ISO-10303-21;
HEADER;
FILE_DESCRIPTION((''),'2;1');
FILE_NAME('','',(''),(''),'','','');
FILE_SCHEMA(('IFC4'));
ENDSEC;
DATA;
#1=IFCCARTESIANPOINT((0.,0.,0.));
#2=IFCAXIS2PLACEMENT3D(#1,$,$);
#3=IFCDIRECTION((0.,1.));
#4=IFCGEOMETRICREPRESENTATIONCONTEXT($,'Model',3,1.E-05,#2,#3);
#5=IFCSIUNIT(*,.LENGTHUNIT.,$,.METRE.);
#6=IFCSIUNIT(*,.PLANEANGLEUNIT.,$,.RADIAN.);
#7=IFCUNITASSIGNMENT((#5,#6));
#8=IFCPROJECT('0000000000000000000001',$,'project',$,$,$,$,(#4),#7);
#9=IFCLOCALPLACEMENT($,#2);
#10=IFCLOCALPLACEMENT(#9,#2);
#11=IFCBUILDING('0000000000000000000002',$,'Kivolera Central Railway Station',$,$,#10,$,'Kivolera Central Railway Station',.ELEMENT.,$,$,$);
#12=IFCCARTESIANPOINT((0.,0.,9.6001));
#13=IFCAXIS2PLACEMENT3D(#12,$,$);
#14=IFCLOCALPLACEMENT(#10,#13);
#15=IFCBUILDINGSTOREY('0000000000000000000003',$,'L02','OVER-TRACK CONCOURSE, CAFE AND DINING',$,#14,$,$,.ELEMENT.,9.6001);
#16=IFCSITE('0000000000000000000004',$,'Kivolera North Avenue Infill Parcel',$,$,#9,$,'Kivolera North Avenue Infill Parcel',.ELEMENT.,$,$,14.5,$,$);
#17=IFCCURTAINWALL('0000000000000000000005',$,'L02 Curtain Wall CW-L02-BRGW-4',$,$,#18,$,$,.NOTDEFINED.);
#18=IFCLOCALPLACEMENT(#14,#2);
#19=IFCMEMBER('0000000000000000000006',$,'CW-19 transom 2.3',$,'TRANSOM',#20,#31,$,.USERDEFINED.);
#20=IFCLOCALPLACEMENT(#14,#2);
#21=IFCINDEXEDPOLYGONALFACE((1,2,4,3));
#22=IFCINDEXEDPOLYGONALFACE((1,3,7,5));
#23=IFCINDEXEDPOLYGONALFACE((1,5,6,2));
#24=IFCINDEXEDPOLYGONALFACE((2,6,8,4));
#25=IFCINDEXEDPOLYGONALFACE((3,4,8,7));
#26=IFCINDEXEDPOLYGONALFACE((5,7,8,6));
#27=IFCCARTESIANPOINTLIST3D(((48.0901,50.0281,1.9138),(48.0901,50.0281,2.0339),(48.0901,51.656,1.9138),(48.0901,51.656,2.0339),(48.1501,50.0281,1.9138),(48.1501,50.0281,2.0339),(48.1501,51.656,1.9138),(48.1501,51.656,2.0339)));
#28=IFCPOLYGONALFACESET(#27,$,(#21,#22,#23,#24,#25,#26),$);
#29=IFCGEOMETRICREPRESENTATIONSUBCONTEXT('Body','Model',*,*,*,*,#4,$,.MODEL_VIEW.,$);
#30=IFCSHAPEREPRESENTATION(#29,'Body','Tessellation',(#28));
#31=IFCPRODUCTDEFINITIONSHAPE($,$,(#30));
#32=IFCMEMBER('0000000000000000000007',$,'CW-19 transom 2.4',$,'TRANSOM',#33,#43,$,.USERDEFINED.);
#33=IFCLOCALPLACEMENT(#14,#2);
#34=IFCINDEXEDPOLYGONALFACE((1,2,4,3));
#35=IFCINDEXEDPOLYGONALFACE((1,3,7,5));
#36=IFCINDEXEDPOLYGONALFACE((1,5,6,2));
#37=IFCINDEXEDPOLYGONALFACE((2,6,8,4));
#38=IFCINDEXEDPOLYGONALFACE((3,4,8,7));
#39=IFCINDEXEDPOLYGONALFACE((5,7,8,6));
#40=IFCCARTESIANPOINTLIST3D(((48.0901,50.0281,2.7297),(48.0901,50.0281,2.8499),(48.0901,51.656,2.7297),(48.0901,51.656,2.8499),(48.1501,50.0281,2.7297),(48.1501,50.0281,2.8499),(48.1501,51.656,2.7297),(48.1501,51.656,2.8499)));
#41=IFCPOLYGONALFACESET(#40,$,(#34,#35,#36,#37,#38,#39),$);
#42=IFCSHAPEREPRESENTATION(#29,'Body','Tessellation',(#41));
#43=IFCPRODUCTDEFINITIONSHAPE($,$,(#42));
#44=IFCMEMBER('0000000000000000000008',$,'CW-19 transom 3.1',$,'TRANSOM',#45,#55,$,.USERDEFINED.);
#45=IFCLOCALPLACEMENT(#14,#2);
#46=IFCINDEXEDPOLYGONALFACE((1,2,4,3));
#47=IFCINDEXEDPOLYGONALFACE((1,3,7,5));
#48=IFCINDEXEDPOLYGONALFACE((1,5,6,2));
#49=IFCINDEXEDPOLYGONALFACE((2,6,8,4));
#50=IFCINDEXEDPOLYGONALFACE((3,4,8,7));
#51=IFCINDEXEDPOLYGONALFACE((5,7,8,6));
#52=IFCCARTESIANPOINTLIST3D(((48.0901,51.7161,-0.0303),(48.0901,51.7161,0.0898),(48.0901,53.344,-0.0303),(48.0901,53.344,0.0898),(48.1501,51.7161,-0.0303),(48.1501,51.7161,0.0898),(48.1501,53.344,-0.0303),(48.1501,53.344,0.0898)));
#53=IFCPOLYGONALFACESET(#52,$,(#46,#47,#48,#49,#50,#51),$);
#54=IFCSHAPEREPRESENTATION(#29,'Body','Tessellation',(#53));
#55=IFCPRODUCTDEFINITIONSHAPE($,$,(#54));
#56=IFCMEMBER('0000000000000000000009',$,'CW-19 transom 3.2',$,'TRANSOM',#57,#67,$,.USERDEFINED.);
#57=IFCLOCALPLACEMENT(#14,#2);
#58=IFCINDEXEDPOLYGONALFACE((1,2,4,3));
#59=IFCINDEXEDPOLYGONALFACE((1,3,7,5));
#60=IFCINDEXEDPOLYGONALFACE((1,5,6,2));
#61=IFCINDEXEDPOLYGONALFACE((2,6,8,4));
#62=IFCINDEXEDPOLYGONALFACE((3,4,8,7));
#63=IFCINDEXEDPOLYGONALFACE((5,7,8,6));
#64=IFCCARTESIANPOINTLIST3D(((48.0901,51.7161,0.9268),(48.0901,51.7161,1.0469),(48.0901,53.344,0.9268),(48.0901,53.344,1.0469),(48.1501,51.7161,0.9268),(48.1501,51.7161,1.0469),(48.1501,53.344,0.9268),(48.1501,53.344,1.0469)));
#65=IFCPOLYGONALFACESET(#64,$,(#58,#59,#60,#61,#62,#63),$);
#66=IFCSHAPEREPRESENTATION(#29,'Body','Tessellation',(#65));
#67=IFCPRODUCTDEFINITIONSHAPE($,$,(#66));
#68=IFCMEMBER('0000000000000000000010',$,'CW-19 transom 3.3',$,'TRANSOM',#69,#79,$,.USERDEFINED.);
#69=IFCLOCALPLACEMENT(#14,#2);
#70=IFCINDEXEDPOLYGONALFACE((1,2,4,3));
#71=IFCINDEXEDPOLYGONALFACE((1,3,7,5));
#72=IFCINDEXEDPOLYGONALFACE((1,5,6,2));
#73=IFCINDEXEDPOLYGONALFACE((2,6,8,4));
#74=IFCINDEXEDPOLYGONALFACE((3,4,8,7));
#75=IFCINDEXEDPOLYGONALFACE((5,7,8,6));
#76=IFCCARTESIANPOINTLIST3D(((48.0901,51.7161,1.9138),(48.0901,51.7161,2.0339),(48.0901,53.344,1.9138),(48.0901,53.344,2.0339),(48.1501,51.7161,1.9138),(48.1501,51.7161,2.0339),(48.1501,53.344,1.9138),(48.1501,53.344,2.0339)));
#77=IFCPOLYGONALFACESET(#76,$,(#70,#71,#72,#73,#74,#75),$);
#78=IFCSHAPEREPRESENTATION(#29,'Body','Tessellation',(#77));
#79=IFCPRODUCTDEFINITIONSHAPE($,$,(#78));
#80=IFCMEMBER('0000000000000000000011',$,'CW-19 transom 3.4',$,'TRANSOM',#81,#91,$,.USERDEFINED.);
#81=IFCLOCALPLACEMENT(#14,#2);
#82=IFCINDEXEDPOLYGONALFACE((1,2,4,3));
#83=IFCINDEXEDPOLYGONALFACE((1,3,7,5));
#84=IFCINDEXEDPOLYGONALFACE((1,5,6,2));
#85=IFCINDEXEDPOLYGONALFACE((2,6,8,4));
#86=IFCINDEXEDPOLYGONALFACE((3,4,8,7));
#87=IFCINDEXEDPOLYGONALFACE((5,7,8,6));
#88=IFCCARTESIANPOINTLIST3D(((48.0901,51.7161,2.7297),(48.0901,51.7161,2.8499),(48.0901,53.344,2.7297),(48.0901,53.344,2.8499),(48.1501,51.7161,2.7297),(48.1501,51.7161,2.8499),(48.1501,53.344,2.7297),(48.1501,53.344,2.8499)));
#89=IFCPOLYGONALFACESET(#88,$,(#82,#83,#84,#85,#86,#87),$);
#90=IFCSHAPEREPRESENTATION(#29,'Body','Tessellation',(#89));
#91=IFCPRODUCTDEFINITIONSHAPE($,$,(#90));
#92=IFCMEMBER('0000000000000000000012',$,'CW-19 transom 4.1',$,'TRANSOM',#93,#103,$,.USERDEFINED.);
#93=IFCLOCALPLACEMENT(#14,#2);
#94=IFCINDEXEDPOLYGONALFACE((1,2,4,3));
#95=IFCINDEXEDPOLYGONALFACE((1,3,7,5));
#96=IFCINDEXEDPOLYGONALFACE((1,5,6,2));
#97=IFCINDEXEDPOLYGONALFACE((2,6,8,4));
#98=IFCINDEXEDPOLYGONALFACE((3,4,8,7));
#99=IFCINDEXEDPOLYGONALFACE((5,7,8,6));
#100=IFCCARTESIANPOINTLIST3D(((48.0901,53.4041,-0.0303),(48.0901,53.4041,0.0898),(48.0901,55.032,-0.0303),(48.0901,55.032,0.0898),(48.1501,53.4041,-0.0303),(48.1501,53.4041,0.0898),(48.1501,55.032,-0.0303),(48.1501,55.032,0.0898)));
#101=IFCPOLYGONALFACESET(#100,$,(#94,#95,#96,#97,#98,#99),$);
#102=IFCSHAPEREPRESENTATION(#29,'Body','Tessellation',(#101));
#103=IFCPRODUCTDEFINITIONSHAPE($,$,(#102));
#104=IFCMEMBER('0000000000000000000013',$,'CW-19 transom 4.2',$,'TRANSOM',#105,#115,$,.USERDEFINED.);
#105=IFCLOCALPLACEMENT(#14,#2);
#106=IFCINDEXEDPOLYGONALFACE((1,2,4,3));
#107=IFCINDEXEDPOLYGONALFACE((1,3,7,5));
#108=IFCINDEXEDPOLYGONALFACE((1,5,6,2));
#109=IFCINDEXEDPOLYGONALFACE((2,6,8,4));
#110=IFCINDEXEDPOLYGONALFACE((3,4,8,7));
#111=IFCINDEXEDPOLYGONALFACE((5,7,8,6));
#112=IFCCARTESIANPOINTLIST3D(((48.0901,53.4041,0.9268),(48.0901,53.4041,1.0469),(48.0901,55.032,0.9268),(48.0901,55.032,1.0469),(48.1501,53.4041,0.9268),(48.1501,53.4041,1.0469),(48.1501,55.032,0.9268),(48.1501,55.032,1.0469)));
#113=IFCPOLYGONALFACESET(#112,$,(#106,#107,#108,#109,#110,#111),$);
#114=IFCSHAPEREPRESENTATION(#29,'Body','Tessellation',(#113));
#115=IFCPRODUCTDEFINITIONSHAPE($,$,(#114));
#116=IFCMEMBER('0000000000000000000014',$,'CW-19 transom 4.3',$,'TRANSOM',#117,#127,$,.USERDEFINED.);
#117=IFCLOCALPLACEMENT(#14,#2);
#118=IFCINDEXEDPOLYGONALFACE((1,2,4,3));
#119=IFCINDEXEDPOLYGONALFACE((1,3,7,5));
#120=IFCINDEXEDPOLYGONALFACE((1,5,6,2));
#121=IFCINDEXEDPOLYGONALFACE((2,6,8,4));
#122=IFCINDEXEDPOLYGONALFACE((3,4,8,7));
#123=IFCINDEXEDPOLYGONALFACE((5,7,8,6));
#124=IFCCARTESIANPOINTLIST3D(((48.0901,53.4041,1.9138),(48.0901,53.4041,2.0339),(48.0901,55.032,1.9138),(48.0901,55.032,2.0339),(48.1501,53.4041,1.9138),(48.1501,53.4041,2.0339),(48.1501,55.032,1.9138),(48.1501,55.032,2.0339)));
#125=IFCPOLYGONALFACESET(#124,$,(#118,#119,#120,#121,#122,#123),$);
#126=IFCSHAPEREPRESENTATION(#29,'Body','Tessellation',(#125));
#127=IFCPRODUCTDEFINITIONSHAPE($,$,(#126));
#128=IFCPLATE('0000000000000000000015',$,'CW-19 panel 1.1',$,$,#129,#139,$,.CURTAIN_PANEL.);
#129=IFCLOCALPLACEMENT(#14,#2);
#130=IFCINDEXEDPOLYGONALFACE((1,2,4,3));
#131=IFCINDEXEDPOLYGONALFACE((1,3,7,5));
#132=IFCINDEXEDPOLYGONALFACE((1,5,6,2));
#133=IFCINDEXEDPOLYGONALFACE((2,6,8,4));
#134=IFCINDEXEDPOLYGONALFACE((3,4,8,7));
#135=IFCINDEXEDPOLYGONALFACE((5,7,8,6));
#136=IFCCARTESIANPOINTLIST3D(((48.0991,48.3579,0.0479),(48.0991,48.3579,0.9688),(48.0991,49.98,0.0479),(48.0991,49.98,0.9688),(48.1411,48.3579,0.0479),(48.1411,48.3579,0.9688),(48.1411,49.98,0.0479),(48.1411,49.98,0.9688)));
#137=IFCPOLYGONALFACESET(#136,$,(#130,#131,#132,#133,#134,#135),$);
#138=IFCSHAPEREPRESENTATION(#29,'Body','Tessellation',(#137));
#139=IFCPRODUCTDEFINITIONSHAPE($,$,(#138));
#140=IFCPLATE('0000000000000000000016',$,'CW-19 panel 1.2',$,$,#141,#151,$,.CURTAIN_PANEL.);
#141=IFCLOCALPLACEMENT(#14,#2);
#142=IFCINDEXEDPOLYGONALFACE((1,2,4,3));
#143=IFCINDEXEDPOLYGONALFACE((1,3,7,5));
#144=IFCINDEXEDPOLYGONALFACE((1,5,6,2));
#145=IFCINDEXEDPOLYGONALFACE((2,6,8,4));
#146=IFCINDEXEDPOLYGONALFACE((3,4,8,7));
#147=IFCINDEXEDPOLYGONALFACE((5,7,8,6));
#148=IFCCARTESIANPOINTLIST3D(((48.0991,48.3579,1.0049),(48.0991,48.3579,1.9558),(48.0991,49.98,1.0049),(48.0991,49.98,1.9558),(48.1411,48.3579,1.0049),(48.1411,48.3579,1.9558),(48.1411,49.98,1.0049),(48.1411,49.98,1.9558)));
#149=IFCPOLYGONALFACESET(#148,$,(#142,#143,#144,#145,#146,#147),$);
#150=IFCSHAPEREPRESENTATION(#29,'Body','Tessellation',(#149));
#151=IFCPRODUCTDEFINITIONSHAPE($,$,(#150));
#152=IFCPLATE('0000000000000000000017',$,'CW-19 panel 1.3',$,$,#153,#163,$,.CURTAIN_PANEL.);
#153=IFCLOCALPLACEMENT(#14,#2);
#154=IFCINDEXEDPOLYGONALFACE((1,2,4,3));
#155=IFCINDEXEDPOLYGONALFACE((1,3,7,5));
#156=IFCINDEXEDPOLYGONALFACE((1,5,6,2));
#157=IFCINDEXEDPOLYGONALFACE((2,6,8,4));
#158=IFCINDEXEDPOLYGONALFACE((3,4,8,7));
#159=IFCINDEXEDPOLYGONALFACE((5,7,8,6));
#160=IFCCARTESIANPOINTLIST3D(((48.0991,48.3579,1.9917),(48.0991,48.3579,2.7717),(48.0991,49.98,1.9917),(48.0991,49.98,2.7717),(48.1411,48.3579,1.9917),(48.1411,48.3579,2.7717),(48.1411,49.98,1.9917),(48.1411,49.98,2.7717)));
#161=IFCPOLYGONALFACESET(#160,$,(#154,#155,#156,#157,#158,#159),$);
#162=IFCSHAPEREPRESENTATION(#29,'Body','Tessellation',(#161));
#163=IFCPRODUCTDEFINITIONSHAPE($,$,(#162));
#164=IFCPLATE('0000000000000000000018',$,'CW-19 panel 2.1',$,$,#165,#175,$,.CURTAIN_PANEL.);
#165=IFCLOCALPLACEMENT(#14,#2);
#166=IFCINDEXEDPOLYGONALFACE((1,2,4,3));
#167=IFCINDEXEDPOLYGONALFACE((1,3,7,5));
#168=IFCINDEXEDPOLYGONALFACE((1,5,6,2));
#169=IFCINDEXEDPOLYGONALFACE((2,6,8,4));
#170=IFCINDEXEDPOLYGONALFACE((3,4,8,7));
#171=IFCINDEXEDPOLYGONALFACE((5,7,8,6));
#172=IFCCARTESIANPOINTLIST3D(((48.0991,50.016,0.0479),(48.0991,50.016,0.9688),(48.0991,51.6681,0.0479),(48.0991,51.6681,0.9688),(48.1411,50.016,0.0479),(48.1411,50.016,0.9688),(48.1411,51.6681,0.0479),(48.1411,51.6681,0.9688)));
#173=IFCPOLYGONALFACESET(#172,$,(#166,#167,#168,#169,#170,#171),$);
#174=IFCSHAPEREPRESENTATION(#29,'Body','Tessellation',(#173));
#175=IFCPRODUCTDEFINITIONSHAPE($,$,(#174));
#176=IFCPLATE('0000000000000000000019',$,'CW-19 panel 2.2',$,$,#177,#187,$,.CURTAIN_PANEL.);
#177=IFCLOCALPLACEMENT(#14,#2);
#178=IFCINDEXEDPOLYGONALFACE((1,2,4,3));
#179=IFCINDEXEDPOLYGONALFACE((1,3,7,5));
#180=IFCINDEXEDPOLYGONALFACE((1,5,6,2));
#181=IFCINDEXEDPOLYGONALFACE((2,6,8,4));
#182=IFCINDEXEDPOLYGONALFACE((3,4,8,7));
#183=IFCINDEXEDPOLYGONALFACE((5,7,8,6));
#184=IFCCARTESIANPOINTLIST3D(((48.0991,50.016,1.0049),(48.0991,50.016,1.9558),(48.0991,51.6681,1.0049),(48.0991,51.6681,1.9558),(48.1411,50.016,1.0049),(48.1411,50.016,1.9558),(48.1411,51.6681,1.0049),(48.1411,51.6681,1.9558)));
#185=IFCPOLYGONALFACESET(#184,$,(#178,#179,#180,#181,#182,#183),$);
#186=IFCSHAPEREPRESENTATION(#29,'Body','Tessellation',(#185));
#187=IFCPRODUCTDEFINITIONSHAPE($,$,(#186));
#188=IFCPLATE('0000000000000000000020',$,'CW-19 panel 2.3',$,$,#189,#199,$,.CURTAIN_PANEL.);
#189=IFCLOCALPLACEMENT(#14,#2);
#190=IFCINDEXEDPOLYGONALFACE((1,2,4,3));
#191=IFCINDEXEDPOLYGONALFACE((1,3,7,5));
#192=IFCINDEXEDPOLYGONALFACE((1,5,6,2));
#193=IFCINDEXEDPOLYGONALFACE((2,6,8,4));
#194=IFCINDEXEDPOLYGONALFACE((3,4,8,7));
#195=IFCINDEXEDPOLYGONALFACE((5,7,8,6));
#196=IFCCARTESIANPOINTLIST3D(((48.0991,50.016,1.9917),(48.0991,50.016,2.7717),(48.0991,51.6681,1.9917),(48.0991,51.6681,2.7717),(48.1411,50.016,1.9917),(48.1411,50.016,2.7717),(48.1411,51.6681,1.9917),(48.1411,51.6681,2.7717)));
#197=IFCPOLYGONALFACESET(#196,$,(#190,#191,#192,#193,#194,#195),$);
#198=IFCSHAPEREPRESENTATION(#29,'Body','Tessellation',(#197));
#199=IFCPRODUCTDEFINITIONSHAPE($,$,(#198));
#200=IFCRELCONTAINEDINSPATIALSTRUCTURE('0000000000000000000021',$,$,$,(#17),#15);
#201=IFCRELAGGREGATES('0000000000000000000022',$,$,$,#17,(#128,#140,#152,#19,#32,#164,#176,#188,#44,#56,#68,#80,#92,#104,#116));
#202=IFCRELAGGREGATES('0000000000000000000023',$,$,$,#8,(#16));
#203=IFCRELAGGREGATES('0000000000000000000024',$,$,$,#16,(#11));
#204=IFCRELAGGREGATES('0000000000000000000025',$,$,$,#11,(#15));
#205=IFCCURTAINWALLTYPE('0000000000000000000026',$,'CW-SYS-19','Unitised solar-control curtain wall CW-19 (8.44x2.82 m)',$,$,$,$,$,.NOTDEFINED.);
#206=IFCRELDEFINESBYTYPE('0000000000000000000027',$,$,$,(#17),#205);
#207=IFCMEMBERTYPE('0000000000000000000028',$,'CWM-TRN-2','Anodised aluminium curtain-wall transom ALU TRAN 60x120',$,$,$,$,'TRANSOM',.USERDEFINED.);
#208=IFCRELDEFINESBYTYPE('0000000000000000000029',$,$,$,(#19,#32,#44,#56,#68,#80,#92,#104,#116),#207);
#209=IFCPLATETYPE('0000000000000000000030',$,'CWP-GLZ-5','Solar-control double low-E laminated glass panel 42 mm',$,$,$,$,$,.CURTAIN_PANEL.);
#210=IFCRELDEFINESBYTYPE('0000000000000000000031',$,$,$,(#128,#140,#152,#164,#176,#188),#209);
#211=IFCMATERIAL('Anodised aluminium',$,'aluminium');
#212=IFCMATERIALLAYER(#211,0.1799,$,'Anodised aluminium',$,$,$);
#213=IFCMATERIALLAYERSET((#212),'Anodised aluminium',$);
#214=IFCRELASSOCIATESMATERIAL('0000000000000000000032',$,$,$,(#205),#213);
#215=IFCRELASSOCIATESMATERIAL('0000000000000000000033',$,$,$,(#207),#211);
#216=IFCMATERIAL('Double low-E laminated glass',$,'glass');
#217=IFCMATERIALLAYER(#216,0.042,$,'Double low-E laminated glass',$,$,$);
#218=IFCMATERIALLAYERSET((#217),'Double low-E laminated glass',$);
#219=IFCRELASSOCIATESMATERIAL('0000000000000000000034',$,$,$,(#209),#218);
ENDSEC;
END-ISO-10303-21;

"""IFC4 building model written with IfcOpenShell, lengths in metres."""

from ifc_helpers import new_model, si_unit, direction, frame, origin, origin_2d, place, context, subcontext, project, spatial, rectangle, extrude, material, layer, layer_set, material_profile, profile_set, type_object, element, aggregate, save


model = new_model("IFC4")

# Units and contexts
model_context = context("Model", 3, precision=1e-05, world=origin(), true_north=direction((0.0, 1.0)))
body_context = subcontext(model_context, "Body", "Model", "MODEL_VIEW")
ifc_project = project(units=[si_unit("LENGTHUNIT", "METRE"), si_unit("PLANEANGLEUNIT", "RADIAN")], contexts=[model_context])

# Site, building, storey
site_placement = place(None, origin())
site = spatial("IfcSite", under=ifc_project, at=site_placement, Name="Kivolera North Avenue Infill Parcel", LongName="Kivolera North Avenue Infill Parcel", CompositionType="ELEMENT", RefElevation=14.5)
building_placement = place(site_placement, origin())
building = spatial("IfcBuilding", under=site, at=building_placement, Name="Kivolera Central Railway Station", LongName="Kivolera Central Railway Station", CompositionType="ELEMENT")
storey_placement = place(building_placement, frame((0.0, 0.0, 9.6001)))
storey = spatial("IfcBuildingStorey", under=building, at=storey_placement, Name="L02", Description="OVER-TRACK CONCOURSE, CAFE AND DINING", CompositionType="ELEMENT", Elevation=9.6001)

# Curtain wall, members, plates
ifc_material_1 = material(Name="Anodised aluminium", Category="aluminium")
ifc_layer_1 = layer(ifc_material_1, 0.1799, Name="Anodised aluminium")
ifc_layer_set_1 = layer_set([ifc_layer_1], Name="Anodised aluminium")
curtain_wall_type = type_object("IfcCurtainWallType", Name="CW-SYS-19", Description="Unitised solar-control curtain wall CW-19 (8.44x2.82 m)", PredefinedType="NOTDEFINED", material=ifc_layer_set_1)
curtain_wall_placement = place(storey_placement, origin())
curtain_wall = element("IfcCurtainWall", 1, at=curtain_wall_placement, inside=storey, type_object=curtain_wall_type, Name="L02 Curtain Wall CW-L02-BRGW-4", PredefinedType="NOTDEFINED")
ifc_material_profile_1 = material_profile(ifc_material_1, rectangle(XDim=0.0601, YDim=0.1201, at=origin_2d()), Name="ALU TRAN 60x120")
ifc_profile_set_1 = profile_set([ifc_material_profile_1], Name="Anodised aluminium")
member_type_1 = type_object("IfcMemberType", Name="CWM-TRN-2", Description="Anodised aluminium curtain-wall transom ALU TRAN 60x120", ElementType="TRANSOM", PredefinedType="USERDEFINED", material=ifc_profile_set_1)
member_1_placement = place(storey_placement, frame((48.1201, 50.0281, 1.9739), z_axis=(0.0, 1.0, 0.0), x_axis=(-1.0, 0.0, 0.0)))
member_1 = element("IfcMember", 2, at=member_1_placement, type_object=member_type_1, Name="CW-19 transom 2.3", ObjectType="TRANSOM", PredefinedType="USERDEFINED", context=body_context, shape_type="SweptSolid", body=[
    extrude(rectangle(XDim=0.0601, YDim=0.1201, at=origin_2d()), origin(), (0.0, 0.0, 1.0), 1.6279),
])
member_2_placement = place(storey_placement, frame((48.1201, 50.0281, 2.7898), z_axis=(0.0, 1.0, 0.0), x_axis=(-1.0, 0.0, 0.0)))
member_2 = element("IfcMember", 3, at=member_2_placement, type_object=member_type_1, Name="CW-19 transom 2.4", ObjectType="TRANSOM", PredefinedType="USERDEFINED", context=body_context, shape_type="SweptSolid", body=[
    extrude(rectangle(XDim=0.0601, YDim=0.1201, at=origin_2d()), origin(), (0.0, 0.0, 1.0), 1.6279),
])
member_3_placement = place(storey_placement, frame((48.1201, 51.7161, 0.0298), z_axis=(0.0, 1.0, 0.0), x_axis=(-1.0, 0.0, 0.0)))
member_3 = element("IfcMember", 4, at=member_3_placement, type_object=member_type_1, Name="CW-19 transom 3.1", ObjectType="TRANSOM", PredefinedType="USERDEFINED", context=body_context, shape_type="SweptSolid", body=[
    extrude(rectangle(XDim=0.0601, YDim=0.1201, at=origin_2d()), origin(), (0.0, 0.0, 1.0), 1.6279),
])
member_4_placement = place(storey_placement, frame((48.1201, 51.7161, 0.9868), z_axis=(0.0, 1.0, 0.0), x_axis=(-1.0, 0.0, 0.0)))
member_4 = element("IfcMember", 5, at=member_4_placement, type_object=member_type_1, Name="CW-19 transom 3.2", ObjectType="TRANSOM", PredefinedType="USERDEFINED", context=body_context, shape_type="SweptSolid", body=[
    extrude(rectangle(XDim=0.0601, YDim=0.1201, at=origin_2d()), origin(), (0.0, 0.0, 1.0), 1.6279),
])
member_5_placement = place(storey_placement, frame((48.1201, 51.7161, 1.9739), z_axis=(0.0, 1.0, 0.0), x_axis=(-1.0, 0.0, 0.0)))
member_5 = element("IfcMember", 6, at=member_5_placement, type_object=member_type_1, Name="CW-19 transom 3.3", ObjectType="TRANSOM", PredefinedType="USERDEFINED", context=body_context, shape_type="SweptSolid", body=[
    extrude(rectangle(XDim=0.0601, YDim=0.1201, at=origin_2d()), origin(), (0.0, 0.0, 1.0), 1.6279),
])
member_6_placement = place(storey_placement, frame((48.1201, 51.7161, 2.7898), z_axis=(0.0, 1.0, 0.0), x_axis=(-1.0, 0.0, 0.0)))
member_6 = element("IfcMember", 7, at=member_6_placement, type_object=member_type_1, Name="CW-19 transom 3.4", ObjectType="TRANSOM", PredefinedType="USERDEFINED", context=body_context, shape_type="SweptSolid", body=[
    extrude(rectangle(XDim=0.0601, YDim=0.1201, at=origin_2d()), origin(), (0.0, 0.0, 1.0), 1.6279),
])
member_7_placement = place(storey_placement, frame((48.1201, 53.4041, 0.0298), z_axis=(0.0, 1.0, 0.0), x_axis=(-1.0, 0.0, 0.0)))
member_7 = element("IfcMember", 8, at=member_7_placement, type_object=member_type_1, Name="CW-19 transom 4.1", ObjectType="TRANSOM", PredefinedType="USERDEFINED", context=body_context, shape_type="SweptSolid", body=[
    extrude(rectangle(XDim=0.0601, YDim=0.1201, at=origin_2d()), origin(), (0.0, 0.0, 1.0), 1.6279),
])
member_8_placement = place(storey_placement, frame((48.1201, 53.4041, 0.9868), z_axis=(0.0, 1.0, 0.0), x_axis=(-1.0, 0.0, 0.0)))
member_8 = element("IfcMember", 9, at=member_8_placement, type_object=member_type_1, Name="CW-19 transom 4.2", ObjectType="TRANSOM", PredefinedType="USERDEFINED", context=body_context, shape_type="SweptSolid", body=[
    extrude(rectangle(XDim=0.0601, YDim=0.1201, at=origin_2d()), origin(), (0.0, 0.0, 1.0), 1.6279),
])
member_9_placement = place(storey_placement, frame((48.1201, 53.4041, 1.9739), z_axis=(0.0, 1.0, 0.0), x_axis=(-1.0, 0.0, 0.0)))
member_9 = element("IfcMember", 10, at=member_9_placement, type_object=member_type_1, Name="CW-19 transom 4.3", ObjectType="TRANSOM", PredefinedType="USERDEFINED", context=body_context, shape_type="SweptSolid", body=[
    extrude(rectangle(XDim=0.0601, YDim=0.1201, at=origin_2d()), origin(), (0.0, 0.0, 1.0), 1.6279),
])
ifc_material_2 = material(Name="Double low-E laminated glass", Category="glass")
ifc_layer_2 = layer(ifc_material_2, 0.042, Name="Double low-E laminated glass")
ifc_layer_set_2 = layer_set([ifc_layer_2], Name="Double low-E laminated glass")
plate_type = type_object("IfcPlateType", Name="CWP-GLZ-5", Description="Solar-control double low-E laminated glass panel 42 mm", PredefinedType="CURTAIN_PANEL", material=ifc_layer_set_2)
plate_1_placement = place(storey_placement, frame((48.1201, 49.1689, 0.0479), z_axis=(0.0, 0.0, 1.0), x_axis=(0.0, 1.0, 0.0)))
plate_1 = element("IfcPlate", 11, at=plate_1_placement, type_object=plate_type, Name="CW-19 panel 1.1", PredefinedType="CURTAIN_PANEL", context=body_context, shape_type="SweptSolid", body=[
    extrude(rectangle(XDim=1.6221, YDim=0.042, at=origin_2d()), origin(), (0.0, 0.0, 1.0), 0.9209),
])
plate_2_placement = place(storey_placement, frame((48.1201, 49.1689, 1.0049), z_axis=(0.0, 0.0, 1.0), x_axis=(0.0, 1.0, 0.0)))
plate_2 = element("IfcPlate", 12, at=plate_2_placement, type_object=plate_type, Name="CW-19 panel 1.2", PredefinedType="CURTAIN_PANEL", context=body_context, shape_type="SweptSolid", body=[
    extrude(rectangle(XDim=1.6221, YDim=0.042, at=origin_2d()), origin(), (0.0, 0.0, 1.0), 0.9509),
])
plate_3_placement = place(storey_placement, frame((48.1201, 49.1689, 1.9917), z_axis=(0.0, 0.0, 1.0), x_axis=(0.0, 1.0, 0.0)))
plate_3 = element("IfcPlate", 13, at=plate_3_placement, type_object=plate_type, Name="CW-19 panel 1.3", PredefinedType="CURTAIN_PANEL", context=body_context, shape_type="SweptSolid", body=[
    extrude(rectangle(XDim=1.6221, YDim=0.042, at=origin_2d()), origin(), (0.0, 0.0, 1.0), 0.78),
])
plate_4_placement = place(storey_placement, frame((48.1201, 50.842, 0.0479), z_axis=(0.0, 0.0, 1.0), x_axis=(0.0, 1.0, 0.0)))
plate_4 = element("IfcPlate", 14, at=plate_4_placement, type_object=plate_type, Name="CW-19 panel 2.1", PredefinedType="CURTAIN_PANEL", context=body_context, shape_type="SweptSolid", body=[
    extrude(rectangle(XDim=1.6521, YDim=0.042, at=origin_2d()), origin(), (0.0, 0.0, 1.0), 0.9209),
])
plate_5_placement = place(storey_placement, frame((48.1201, 50.842, 1.0049), z_axis=(0.0, 0.0, 1.0), x_axis=(0.0, 1.0, 0.0)))
plate_5 = element("IfcPlate", 15, at=plate_5_placement, type_object=plate_type, Name="CW-19 panel 2.2", PredefinedType="CURTAIN_PANEL", context=body_context, shape_type="SweptSolid", body=[
    extrude(rectangle(XDim=1.6521, YDim=0.042, at=origin_2d()), origin(), (0.0, 0.0, 1.0), 0.9509),
])
plate_6_placement = place(storey_placement, frame((48.1201, 50.842, 1.9917), z_axis=(0.0, 0.0, 1.0), x_axis=(0.0, 1.0, 0.0)))
plate_6 = element("IfcPlate", 16, at=plate_6_placement, type_object=plate_type, Name="CW-19 panel 2.3", PredefinedType="CURTAIN_PANEL", context=body_context, shape_type="SweptSolid", body=[
    extrude(rectangle(XDim=1.6521, YDim=0.042, at=origin_2d()), origin(), (0.0, 0.0, 1.0), 0.78),
])
aggregate(curtain_wall, [plate_1, plate_2, plate_3, member_1, member_2, plate_4, plate_5, plate_6, member_3, member_4, member_5, member_6, member_7, member_8, member_9])

save(model, "model.ifc")
